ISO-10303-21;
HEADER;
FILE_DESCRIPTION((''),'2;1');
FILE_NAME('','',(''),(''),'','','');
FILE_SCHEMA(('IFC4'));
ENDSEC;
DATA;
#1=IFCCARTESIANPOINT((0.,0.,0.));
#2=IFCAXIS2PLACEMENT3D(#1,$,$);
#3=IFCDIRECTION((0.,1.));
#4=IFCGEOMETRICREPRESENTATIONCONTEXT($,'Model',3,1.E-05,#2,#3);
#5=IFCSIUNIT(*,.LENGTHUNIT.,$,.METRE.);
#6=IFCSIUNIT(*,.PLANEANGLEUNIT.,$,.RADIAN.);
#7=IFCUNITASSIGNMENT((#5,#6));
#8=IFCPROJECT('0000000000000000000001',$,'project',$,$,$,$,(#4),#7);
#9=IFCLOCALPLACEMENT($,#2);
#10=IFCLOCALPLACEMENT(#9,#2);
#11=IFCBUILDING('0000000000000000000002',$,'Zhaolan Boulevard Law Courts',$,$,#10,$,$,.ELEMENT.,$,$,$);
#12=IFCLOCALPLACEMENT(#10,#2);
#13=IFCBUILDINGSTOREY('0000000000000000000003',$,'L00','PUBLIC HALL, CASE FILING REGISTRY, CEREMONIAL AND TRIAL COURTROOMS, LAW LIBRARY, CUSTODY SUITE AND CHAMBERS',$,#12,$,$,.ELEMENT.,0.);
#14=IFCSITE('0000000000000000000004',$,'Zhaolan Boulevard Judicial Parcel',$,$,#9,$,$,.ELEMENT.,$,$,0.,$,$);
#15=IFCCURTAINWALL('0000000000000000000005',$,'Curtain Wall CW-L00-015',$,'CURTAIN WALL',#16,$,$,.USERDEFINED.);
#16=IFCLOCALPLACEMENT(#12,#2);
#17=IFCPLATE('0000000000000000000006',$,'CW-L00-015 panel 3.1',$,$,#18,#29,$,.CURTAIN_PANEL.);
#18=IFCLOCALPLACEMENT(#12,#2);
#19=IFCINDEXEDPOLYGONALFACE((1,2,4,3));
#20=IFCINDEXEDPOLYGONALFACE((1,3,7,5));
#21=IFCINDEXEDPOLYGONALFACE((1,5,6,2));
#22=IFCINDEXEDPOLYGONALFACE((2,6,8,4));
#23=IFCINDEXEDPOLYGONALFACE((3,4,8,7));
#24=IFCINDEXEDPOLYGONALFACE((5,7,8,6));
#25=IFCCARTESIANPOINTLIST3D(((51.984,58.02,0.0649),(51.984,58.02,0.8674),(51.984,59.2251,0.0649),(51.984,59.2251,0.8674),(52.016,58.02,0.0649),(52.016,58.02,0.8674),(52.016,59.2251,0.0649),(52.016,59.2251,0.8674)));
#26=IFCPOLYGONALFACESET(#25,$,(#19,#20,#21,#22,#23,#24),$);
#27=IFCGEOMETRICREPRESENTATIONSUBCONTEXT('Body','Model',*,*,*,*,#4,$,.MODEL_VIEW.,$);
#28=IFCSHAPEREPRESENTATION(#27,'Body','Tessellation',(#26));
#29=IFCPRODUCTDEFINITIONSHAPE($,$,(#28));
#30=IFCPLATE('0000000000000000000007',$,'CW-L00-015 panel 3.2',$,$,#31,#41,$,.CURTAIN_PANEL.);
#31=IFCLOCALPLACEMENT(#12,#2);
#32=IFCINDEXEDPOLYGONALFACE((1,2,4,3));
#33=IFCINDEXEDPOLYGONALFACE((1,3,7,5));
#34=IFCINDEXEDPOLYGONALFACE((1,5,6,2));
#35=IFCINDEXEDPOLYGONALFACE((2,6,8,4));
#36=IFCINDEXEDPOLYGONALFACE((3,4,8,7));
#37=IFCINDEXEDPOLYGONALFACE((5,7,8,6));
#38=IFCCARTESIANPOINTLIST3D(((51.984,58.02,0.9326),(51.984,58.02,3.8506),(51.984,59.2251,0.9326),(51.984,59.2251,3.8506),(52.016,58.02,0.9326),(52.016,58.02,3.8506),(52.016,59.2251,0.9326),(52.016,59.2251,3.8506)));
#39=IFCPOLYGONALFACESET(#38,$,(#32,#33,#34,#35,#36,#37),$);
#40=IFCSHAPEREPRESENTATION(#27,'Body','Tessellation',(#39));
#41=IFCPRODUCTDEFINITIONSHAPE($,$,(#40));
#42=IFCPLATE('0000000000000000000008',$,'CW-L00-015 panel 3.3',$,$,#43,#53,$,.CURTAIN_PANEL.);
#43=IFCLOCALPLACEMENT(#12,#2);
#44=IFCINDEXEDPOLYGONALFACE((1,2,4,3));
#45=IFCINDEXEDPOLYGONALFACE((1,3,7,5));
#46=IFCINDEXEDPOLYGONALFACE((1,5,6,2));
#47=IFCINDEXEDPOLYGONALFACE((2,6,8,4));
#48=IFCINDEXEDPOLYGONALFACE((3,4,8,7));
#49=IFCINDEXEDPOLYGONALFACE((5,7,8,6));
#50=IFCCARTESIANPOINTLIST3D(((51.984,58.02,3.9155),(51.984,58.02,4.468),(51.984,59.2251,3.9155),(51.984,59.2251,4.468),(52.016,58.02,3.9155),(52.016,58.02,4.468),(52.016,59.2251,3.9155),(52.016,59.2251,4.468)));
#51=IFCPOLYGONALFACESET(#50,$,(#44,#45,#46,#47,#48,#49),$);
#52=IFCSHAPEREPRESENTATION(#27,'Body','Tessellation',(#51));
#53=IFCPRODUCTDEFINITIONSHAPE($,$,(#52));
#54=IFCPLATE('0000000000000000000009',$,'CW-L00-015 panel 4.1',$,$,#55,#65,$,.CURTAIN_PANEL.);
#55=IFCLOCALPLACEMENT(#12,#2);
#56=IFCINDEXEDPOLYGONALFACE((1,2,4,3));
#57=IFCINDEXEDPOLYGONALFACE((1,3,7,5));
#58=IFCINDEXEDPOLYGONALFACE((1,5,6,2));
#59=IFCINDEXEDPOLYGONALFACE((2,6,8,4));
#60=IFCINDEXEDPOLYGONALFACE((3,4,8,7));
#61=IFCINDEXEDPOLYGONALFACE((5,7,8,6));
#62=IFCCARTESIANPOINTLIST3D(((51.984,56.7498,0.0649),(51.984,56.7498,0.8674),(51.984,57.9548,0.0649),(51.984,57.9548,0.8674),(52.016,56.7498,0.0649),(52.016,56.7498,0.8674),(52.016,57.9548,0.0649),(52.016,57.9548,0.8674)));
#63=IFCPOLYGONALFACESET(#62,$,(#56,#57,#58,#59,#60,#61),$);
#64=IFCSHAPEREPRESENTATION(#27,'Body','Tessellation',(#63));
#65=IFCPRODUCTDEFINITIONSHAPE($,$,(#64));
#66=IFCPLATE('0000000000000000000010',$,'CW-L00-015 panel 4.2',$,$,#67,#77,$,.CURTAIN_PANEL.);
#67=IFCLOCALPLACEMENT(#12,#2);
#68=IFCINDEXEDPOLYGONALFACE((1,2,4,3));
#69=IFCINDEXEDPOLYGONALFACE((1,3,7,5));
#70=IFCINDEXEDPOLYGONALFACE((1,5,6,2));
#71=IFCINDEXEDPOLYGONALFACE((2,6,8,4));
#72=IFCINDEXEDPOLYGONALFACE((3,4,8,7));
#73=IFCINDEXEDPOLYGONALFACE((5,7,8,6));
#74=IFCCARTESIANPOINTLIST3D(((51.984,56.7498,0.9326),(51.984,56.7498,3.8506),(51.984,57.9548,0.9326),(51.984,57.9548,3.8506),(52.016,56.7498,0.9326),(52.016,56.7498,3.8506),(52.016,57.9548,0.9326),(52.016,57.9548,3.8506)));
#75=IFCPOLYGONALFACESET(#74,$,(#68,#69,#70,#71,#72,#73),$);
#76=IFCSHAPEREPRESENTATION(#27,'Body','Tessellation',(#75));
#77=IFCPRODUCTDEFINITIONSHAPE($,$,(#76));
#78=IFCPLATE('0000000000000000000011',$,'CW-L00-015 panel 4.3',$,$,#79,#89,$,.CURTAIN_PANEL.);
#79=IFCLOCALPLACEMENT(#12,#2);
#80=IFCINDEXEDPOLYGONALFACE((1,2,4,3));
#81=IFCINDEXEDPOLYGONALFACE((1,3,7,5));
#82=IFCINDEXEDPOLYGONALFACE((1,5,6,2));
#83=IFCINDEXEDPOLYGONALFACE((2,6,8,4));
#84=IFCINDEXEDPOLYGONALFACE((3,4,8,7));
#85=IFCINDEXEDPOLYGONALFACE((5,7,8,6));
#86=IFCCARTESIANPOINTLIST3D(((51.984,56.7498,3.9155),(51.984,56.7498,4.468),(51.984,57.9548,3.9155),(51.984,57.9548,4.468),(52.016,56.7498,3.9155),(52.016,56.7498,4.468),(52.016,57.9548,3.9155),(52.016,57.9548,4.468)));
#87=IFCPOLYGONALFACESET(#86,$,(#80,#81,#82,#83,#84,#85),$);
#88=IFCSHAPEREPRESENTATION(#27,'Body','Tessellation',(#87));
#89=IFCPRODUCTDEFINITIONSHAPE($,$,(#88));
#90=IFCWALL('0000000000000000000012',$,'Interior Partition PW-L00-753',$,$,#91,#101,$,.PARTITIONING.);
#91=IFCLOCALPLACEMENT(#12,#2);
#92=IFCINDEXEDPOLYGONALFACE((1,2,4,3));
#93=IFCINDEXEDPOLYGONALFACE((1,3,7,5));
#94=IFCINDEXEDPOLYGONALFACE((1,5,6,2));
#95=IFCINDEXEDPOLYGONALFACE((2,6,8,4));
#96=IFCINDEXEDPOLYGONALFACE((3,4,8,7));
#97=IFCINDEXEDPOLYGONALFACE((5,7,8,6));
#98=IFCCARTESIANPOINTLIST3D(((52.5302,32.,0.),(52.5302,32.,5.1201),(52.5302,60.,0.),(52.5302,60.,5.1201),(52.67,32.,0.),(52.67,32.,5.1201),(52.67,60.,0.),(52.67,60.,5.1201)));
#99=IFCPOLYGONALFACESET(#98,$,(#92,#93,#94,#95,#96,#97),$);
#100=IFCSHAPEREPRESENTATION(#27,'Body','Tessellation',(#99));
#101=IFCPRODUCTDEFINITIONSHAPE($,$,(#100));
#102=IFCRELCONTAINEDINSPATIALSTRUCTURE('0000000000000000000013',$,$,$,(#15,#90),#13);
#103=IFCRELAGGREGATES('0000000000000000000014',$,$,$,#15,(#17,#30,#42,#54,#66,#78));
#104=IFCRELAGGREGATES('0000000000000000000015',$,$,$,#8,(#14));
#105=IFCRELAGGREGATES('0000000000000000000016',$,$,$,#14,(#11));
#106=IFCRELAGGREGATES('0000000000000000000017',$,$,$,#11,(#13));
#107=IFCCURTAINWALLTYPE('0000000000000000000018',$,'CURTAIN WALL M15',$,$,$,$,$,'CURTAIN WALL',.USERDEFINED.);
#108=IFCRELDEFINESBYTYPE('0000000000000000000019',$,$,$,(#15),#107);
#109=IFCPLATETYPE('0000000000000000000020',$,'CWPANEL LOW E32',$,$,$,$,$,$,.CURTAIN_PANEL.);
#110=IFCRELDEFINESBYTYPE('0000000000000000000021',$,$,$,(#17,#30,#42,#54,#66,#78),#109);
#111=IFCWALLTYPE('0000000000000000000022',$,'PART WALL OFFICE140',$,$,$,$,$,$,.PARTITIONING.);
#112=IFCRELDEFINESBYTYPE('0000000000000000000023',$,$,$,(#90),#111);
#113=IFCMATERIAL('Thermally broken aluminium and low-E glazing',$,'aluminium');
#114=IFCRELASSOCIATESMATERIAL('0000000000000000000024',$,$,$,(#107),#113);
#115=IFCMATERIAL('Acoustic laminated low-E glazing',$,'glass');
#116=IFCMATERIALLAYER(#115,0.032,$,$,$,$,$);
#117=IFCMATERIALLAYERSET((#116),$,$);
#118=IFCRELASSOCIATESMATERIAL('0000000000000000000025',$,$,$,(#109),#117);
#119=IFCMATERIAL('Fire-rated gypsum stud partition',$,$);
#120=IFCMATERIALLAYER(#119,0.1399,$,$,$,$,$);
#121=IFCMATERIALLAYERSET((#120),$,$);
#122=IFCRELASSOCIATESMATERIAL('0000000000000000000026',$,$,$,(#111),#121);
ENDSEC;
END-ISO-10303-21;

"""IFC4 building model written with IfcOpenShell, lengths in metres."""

from ifc_helpers import new_model, si_unit, direction, frame, frame_2d, origin, origin_2d, place, context, subcontext, project, spatial, rectangle, extrude, material, layer, layer_set, type_object, element, aggregate, save


model = new_model("IFC4")

# Units and contexts
model_context = context("Model", 3, precision=1e-05, world=origin(), true_north=direction((0.0, 1.0)))
body_context = subcontext(model_context, "Body", "Model", "MODEL_VIEW")
ifc_project = project(units=[si_unit("LENGTHUNIT", "METRE"), si_unit("PLANEANGLEUNIT", "RADIAN")], contexts=[model_context])

# Site, building, storey
site_placement = place(None, origin())
site = spatial("IfcSite", under=ifc_project, at=site_placement, Name="Zhaolan Boulevard Judicial Parcel", CompositionType="ELEMENT", RefElevation=0.0)
building_placement = place(site_placement, origin())
building = spatial("IfcBuilding", under=site, at=building_placement, Name="Zhaolan Boulevard Law Courts", CompositionType="ELEMENT")
storey_placement = place(building_placement, origin())
storey = spatial("IfcBuildingStorey", under=building, at=storey_placement, Name="L00", Description="PUBLIC HALL, CASE FILING REGISTRY, CEREMONIAL AND TRIAL COURTROOMS, LAW LIBRARY, CUSTODY SUITE AND CHAMBERS", CompositionType="ELEMENT", Elevation=0.0)

# Curtain wall
ifc_material_1 = material(Name="Thermally broken aluminium and low-E glazing", Category="aluminium")
curtain_wall_type = type_object("IfcCurtainWallType", Name="CURTAIN WALL M15", ElementType="CURTAIN WALL", PredefinedType="USERDEFINED", material=ifc_material_1)
curtain_wall_placement = place(storey_placement, origin())
curtain_wall = element("IfcCurtainWall", 1, at=curtain_wall_placement, inside=storey, type_object=curtain_wall_type, Name="Curtain Wall CW-L00-015", ObjectType="CURTAIN WALL", PredefinedType="USERDEFINED")

# Plates
ifc_material_2 = material(Name="Acoustic laminated low-E glazing", Category="glass")
ifc_layer_1 = layer(ifc_material_2, 0.032)
ifc_layer_set_1 = layer_set([ifc_layer_1])
plate_type = type_object("IfcPlateType", Name="CWPANEL LOW E32", PredefinedType="CURTAIN_PANEL", material=ifc_layer_set_1)
plate_1_placement = place(storey_placement, frame((52.0, 58.6226, 0.0649), z_axis=(0.0, 0.0, 1.0), x_axis=(0.0, -1.0, 0.0)))
plate_1 = element("IfcPlate", 2, at=plate_1_placement, type_object=plate_type, Name="CW-L00-015 panel 3.1", PredefinedType="CURTAIN_PANEL", context=body_context, shape_type="SweptSolid", body=[
    extrude(rectangle(XDim=1.2051, YDim=0.032, at=origin_2d()), origin(), (0.0, 0.0, 1.0), 0.8025),
])
plate_2_placement = place(storey_placement, frame((52.0, 58.6226, 0.9326), z_axis=(0.0, 0.0, 1.0), x_axis=(0.0, -1.0, 0.0)))
plate_2 = element("IfcPlate", 3, at=plate_2_placement, type_object=plate_type, Name="CW-L00-015 panel 3.2", PredefinedType="CURTAIN_PANEL", context=body_context, shape_type="SweptSolid", body=[
    extrude(rectangle(XDim=1.2051, YDim=0.032, at=origin_2d()), origin(), (0.0, 0.0, 1.0), 2.918),
])
plate_3_placement = place(storey_placement, frame((52.0, 58.6226, 3.9155), z_axis=(0.0, 0.0, 1.0), x_axis=(0.0, -1.0, 0.0)))
plate_3 = element("IfcPlate", 4, at=plate_3_placement, type_object=plate_type, Name="CW-L00-015 panel 3.3", PredefinedType="CURTAIN_PANEL", context=body_context, shape_type="SweptSolid", body=[
    extrude(rectangle(XDim=1.2051, YDim=0.032, at=origin_2d()), origin(), (0.0, 0.0, 1.0), 0.5525),
])
plate_4_placement = place(storey_placement, frame((52.0, 57.3523, 0.0649), z_axis=(0.0, 0.0, 1.0), x_axis=(0.0, -1.0, 0.0)))
plate_4 = element("IfcPlate", 5, at=plate_4_placement, type_object=plate_type, Name="CW-L00-015 panel 4.1", PredefinedType="CURTAIN_PANEL", context=body_context, shape_type="SweptSolid", body=[
    extrude(rectangle(XDim=1.2051, YDim=0.032, at=origin_2d()), origin(), (0.0, 0.0, 1.0), 0.8025),
])
plate_5_placement = place(storey_placement, frame((52.0, 57.3523, 0.9326), z_axis=(0.0, 0.0, 1.0), x_axis=(0.0, -1.0, 0.0)))
plate_5 = element("IfcPlate", 6, at=plate_5_placement, type_object=plate_type, Name="CW-L00-015 panel 4.2", PredefinedType="CURTAIN_PANEL", context=body_context, shape_type="SweptSolid", body=[
    extrude(rectangle(XDim=1.2051, YDim=0.032, at=origin_2d()), origin(), (0.0, 0.0, 1.0), 2.918),
])
plate_6_placement = place(storey_placement, frame((52.0, 57.3523, 3.9155), z_axis=(0.0, 0.0, 1.0), x_axis=(0.0, -1.0, 0.0)))
plate_6 = element("IfcPlate", 7, at=plate_6_placement, type_object=plate_type, Name="CW-L00-015 panel 4.3", PredefinedType="CURTAIN_PANEL", context=body_context, shape_type="SweptSolid", body=[
    extrude(rectangle(XDim=1.2051, YDim=0.032, at=origin_2d()), origin(), (0.0, 0.0, 1.0), 0.5525),
])
aggregate(curtain_wall, [plate_1, plate_2, plate_3, plate_4, plate_5, plate_6])

# Wall
ifc_material_3 = material(Name="Fire-rated gypsum stud partition")
ifc_layer_2 = layer(ifc_material_3, 0.1399)
ifc_layer_set_2 = layer_set([ifc_layer_2])
wall_type = type_object("IfcWallType", Name="PART WALL OFFICE140", PredefinedType="PARTITIONING", material=ifc_layer_set_2)
wall_placement = place(storey_placement, frame((52.6001, 60.0, 0.0), z_axis=(0.0, 0.0, 1.0), x_axis=(0.0, -1.0, 0.0)))
element("IfcWall", 8, at=wall_placement, inside=storey, type_object=wall_type, Name="Interior Partition PW-L00-753", PredefinedType="PARTITIONING", context=body_context, shape_type="SweptSolid", body=[
    extrude(rectangle(XDim=28.0, YDim=0.1399, at=frame_2d((14.0, 0.0))), origin(), (0.0, 0.0, 1.0), 5.1201),
])

save(model, "model.ifc")
